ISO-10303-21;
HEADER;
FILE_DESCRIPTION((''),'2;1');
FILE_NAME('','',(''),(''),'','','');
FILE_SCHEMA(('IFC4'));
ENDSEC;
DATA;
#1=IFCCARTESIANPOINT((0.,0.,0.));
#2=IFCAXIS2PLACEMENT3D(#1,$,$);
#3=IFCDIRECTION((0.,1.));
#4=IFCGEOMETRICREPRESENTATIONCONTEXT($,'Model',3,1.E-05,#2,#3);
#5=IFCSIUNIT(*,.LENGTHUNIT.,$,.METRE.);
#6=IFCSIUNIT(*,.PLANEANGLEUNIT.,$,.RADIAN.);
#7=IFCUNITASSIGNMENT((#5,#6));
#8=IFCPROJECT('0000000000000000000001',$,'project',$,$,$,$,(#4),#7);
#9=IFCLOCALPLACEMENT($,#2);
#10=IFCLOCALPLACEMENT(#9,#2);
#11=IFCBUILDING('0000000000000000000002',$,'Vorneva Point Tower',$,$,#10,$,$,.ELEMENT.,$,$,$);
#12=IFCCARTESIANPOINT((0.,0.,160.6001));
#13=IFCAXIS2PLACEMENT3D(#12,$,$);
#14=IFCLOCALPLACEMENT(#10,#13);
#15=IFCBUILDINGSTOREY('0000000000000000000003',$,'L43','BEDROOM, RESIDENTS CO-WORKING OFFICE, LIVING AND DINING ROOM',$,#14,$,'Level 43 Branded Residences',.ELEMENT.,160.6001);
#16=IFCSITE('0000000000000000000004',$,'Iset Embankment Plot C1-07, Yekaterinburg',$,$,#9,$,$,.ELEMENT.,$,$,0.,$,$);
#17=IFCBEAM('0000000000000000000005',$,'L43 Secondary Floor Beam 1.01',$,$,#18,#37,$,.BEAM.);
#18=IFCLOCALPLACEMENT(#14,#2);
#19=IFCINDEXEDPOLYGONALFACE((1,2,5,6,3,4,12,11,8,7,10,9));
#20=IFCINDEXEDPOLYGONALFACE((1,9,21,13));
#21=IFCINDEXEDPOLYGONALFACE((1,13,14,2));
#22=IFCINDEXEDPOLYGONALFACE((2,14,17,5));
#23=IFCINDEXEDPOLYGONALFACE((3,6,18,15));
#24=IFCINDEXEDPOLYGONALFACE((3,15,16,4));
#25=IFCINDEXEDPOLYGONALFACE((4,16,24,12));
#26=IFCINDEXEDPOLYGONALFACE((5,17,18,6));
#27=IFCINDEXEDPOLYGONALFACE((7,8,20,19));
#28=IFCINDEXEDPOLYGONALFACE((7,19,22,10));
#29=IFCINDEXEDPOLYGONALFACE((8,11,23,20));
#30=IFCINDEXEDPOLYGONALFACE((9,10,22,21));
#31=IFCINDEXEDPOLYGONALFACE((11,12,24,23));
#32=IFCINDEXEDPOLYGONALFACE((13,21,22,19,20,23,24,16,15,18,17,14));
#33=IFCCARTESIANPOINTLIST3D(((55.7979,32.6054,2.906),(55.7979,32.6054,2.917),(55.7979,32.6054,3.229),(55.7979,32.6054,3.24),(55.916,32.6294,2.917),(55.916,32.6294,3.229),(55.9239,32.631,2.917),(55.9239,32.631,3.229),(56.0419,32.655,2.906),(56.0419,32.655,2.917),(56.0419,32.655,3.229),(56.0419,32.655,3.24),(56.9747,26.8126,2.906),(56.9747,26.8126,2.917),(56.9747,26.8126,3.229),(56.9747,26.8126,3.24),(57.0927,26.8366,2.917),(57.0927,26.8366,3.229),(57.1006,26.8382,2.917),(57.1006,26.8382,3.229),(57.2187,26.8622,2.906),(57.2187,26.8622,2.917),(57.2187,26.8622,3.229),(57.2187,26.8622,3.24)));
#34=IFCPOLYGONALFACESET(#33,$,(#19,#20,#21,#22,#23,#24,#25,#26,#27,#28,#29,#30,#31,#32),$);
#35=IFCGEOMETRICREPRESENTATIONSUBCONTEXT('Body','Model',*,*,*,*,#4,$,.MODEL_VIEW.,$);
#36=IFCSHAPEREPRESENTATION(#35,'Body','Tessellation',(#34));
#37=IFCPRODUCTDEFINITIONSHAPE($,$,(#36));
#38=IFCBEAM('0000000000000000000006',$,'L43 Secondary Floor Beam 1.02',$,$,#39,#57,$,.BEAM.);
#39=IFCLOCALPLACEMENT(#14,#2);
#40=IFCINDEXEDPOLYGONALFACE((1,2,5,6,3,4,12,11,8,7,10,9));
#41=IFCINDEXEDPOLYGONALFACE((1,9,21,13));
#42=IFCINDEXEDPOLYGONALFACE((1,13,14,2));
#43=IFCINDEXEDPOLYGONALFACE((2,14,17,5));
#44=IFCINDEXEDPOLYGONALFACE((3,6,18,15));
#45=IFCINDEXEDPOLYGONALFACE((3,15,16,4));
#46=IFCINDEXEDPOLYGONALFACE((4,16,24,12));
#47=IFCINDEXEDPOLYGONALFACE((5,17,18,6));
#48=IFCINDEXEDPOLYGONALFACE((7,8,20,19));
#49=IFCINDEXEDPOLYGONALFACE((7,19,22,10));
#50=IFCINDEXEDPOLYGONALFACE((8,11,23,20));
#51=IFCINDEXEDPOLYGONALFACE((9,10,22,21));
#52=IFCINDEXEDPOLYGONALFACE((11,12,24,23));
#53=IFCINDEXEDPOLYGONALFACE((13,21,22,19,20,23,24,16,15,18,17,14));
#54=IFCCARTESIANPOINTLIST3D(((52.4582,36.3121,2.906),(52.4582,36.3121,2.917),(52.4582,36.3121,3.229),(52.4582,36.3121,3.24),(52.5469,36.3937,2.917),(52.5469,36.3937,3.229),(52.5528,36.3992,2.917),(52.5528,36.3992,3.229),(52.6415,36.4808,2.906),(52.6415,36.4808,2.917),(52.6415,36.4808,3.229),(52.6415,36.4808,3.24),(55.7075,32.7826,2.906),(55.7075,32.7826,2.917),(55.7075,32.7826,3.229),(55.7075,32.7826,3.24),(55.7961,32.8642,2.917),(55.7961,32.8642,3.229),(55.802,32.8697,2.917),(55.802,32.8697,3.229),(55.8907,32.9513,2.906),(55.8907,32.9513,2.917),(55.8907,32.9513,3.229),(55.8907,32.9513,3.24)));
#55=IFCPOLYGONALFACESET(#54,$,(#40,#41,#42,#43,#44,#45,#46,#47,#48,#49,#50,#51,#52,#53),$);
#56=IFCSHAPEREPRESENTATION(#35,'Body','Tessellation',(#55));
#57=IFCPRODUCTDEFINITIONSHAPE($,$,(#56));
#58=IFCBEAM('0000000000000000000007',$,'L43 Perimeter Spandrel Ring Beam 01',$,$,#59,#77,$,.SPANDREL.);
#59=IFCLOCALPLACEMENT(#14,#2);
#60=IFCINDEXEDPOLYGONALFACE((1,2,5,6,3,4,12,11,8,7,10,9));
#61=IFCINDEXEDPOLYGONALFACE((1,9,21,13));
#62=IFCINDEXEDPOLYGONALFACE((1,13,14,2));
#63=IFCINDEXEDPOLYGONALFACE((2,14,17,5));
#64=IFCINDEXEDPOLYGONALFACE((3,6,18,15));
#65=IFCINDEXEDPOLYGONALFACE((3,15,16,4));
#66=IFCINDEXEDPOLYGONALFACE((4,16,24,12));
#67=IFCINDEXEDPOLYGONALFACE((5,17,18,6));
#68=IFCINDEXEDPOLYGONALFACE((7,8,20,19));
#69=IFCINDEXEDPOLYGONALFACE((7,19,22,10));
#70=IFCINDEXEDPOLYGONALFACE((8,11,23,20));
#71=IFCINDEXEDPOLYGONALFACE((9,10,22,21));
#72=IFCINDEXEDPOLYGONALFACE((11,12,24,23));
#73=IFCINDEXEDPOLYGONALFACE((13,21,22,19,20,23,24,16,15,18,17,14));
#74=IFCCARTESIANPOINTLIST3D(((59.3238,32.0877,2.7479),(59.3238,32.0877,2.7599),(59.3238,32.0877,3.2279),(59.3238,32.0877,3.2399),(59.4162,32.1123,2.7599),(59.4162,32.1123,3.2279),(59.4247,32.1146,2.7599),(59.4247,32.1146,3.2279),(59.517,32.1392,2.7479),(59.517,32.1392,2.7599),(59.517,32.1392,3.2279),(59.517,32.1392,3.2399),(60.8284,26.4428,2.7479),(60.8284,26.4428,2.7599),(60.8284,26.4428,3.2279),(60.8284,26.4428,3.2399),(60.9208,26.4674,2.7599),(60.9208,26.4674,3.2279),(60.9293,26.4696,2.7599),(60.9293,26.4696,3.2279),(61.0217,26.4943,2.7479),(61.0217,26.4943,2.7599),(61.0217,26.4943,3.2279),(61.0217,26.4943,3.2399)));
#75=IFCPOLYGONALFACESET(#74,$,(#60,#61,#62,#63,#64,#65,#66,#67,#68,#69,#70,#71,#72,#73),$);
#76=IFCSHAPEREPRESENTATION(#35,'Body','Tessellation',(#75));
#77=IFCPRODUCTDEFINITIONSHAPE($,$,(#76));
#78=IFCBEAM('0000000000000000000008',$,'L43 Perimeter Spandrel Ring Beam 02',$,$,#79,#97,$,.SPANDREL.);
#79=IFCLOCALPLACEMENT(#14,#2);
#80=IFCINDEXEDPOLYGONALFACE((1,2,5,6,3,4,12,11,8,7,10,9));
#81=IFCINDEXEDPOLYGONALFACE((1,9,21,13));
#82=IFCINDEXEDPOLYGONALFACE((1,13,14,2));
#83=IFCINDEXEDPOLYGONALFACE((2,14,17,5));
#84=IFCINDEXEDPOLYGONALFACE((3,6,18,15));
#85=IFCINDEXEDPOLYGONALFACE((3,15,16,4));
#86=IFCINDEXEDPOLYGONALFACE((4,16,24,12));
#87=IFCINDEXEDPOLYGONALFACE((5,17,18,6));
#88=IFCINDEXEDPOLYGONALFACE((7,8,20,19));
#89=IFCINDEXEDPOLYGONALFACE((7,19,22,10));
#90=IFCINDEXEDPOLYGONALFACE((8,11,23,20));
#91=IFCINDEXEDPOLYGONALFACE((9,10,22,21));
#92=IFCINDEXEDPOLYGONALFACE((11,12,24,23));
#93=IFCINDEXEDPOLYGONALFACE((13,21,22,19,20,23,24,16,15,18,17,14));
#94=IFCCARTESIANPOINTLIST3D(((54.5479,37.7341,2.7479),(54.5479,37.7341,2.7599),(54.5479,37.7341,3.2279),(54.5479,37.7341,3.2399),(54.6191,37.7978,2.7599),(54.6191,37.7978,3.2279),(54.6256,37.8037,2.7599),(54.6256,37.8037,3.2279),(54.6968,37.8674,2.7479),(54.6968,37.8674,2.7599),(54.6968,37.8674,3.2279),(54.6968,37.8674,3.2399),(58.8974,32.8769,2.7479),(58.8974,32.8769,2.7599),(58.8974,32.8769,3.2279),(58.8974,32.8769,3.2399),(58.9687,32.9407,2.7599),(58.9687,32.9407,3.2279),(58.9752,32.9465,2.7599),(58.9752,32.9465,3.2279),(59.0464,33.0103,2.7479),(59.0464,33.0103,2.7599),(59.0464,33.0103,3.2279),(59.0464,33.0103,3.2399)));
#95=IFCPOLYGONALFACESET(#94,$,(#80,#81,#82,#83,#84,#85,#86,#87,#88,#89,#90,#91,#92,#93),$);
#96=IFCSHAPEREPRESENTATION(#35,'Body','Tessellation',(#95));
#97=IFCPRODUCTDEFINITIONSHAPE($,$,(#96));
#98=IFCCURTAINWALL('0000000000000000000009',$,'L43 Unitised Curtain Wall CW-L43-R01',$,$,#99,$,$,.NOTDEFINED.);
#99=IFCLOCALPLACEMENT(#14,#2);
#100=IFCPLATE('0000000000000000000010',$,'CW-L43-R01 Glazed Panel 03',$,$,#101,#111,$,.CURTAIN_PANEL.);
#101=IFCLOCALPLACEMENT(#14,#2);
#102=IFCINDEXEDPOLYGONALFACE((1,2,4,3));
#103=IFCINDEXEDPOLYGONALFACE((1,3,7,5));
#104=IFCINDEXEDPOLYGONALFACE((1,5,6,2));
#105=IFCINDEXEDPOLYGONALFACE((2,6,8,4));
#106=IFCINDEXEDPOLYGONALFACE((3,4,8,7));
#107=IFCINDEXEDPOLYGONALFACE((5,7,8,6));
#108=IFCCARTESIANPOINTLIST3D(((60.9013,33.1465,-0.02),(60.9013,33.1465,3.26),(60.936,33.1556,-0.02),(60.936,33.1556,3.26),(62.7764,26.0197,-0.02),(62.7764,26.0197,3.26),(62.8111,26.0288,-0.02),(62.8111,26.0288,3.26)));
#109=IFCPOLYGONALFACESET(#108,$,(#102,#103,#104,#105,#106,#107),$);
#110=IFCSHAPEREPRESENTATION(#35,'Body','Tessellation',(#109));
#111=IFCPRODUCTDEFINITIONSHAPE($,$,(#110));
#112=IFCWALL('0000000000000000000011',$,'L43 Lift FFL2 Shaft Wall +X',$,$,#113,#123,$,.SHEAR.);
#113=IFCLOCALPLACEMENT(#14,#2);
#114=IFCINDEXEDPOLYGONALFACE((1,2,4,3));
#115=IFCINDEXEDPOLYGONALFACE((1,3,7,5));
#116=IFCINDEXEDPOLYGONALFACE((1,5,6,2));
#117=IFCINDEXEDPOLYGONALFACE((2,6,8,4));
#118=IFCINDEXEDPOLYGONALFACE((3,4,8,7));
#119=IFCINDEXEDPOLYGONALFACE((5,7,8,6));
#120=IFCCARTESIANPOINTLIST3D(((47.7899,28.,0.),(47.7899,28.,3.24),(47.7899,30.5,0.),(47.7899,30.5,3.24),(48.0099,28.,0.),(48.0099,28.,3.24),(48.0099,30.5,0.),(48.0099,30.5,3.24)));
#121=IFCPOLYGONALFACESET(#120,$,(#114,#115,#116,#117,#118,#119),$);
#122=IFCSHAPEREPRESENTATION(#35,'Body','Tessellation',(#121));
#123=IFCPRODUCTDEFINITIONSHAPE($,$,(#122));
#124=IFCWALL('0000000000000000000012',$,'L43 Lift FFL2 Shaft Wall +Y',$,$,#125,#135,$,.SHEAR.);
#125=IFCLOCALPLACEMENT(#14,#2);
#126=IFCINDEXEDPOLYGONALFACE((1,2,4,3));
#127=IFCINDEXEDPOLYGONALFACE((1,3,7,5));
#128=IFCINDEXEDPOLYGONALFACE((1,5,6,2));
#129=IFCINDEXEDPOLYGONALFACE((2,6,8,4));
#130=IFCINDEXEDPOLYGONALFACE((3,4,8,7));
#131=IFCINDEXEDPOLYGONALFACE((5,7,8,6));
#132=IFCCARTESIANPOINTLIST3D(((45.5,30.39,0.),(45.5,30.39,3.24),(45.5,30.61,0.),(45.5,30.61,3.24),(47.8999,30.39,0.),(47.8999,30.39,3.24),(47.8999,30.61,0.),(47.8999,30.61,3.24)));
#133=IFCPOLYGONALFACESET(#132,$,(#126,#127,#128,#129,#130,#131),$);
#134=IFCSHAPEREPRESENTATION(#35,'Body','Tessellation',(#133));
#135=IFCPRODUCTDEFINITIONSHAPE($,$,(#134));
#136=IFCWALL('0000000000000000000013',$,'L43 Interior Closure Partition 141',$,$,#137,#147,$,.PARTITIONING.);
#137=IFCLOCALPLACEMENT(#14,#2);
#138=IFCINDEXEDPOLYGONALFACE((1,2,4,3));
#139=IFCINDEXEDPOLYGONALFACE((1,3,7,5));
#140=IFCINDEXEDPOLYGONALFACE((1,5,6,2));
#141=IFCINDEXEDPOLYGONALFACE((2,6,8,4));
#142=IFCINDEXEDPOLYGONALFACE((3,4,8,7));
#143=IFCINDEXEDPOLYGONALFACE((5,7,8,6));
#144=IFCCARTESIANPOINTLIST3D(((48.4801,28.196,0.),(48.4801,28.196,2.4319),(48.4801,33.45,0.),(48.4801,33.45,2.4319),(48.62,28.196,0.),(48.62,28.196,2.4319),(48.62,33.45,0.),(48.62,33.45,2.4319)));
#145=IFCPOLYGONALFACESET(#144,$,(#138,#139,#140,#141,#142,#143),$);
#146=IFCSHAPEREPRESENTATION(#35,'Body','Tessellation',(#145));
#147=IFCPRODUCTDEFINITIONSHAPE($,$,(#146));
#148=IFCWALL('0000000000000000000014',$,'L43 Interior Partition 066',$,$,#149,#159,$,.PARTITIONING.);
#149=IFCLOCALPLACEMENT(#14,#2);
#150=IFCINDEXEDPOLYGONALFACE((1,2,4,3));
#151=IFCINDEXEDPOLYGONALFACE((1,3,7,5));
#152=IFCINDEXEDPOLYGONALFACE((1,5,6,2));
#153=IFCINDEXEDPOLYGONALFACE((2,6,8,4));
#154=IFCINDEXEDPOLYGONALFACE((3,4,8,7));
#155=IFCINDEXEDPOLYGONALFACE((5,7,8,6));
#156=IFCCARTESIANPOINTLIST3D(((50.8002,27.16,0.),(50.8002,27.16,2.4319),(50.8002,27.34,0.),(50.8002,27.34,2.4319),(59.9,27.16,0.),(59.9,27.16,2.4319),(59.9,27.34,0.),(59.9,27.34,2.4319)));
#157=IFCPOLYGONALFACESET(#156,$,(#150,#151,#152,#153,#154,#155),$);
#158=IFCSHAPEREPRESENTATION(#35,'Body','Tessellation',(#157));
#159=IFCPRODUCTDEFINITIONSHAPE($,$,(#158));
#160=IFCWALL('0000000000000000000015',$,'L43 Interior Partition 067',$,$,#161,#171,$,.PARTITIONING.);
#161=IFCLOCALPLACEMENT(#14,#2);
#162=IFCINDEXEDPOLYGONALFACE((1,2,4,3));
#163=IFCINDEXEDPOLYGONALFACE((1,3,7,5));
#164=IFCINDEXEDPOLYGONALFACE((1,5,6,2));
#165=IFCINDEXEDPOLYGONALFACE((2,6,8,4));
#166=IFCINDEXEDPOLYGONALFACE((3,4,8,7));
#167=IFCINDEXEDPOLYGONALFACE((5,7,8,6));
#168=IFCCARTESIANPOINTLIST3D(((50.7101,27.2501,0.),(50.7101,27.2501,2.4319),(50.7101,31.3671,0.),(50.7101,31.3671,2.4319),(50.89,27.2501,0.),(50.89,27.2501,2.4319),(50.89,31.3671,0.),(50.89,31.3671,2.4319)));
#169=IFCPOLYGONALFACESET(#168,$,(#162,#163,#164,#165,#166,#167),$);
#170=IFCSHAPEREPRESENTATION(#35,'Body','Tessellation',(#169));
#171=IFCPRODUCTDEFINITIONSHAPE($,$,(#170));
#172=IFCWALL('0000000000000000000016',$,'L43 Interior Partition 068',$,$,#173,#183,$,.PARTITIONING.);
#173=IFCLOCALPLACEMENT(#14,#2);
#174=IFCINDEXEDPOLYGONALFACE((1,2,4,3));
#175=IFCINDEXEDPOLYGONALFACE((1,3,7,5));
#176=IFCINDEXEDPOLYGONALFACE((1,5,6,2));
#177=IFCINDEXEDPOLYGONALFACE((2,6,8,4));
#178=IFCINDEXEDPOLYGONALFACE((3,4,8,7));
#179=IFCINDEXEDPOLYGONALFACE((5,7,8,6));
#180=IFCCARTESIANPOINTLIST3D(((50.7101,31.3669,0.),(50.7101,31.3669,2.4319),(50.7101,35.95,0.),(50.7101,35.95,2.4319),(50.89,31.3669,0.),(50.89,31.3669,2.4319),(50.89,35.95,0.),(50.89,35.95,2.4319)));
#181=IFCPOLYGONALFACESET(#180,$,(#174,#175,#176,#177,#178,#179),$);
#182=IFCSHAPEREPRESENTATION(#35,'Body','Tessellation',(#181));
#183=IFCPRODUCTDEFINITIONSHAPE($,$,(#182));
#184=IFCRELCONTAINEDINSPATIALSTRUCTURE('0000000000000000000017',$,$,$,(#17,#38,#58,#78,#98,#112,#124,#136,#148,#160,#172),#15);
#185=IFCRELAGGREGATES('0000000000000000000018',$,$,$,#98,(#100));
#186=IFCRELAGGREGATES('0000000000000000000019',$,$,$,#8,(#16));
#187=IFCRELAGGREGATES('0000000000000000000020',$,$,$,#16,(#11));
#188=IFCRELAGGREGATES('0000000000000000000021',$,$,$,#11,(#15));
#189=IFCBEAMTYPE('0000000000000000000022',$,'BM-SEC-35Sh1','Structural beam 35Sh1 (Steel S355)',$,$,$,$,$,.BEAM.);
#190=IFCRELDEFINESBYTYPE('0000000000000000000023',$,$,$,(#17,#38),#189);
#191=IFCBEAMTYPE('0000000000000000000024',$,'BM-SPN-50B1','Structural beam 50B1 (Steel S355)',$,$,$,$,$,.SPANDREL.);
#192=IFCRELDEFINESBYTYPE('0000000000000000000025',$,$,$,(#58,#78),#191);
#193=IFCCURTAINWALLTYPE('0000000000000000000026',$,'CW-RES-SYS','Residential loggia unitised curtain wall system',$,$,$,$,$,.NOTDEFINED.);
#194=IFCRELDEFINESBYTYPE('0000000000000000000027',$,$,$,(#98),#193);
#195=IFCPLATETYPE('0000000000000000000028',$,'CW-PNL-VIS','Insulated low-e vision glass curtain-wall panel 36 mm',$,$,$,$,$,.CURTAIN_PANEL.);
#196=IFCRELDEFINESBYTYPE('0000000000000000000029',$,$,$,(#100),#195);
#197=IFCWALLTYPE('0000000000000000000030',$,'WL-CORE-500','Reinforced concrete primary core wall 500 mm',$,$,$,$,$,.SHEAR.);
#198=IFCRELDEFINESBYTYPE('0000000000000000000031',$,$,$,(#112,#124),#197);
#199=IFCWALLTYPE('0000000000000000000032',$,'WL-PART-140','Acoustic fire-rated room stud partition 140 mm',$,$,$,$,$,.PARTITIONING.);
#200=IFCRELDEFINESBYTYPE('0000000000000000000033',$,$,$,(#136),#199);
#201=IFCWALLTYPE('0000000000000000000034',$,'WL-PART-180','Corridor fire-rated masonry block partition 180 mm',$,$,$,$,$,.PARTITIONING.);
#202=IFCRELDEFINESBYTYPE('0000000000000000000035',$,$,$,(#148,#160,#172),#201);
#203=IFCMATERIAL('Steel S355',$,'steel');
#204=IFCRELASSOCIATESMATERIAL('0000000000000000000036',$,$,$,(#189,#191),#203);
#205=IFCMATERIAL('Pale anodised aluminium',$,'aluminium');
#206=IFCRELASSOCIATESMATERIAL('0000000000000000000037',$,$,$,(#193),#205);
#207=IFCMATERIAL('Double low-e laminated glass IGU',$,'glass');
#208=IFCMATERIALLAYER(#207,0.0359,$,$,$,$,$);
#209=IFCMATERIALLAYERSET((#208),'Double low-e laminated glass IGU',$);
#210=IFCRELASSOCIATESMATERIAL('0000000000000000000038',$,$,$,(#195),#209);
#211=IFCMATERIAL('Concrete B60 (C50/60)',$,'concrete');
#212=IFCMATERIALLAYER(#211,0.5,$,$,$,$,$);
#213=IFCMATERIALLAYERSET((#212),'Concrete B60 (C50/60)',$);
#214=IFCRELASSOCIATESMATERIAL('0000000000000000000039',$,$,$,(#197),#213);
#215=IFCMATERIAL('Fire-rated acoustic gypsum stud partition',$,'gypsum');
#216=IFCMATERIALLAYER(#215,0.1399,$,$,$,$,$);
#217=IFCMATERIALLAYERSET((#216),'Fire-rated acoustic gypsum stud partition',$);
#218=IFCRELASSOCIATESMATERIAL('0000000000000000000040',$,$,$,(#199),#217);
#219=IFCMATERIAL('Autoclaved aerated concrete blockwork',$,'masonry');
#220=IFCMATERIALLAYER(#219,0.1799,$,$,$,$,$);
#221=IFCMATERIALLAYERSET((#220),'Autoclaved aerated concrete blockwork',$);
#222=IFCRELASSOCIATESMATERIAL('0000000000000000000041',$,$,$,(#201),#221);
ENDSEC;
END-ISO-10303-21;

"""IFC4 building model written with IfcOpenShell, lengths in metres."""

from ifc_helpers import new_model, si_unit, direction, frame, frame_2d, origin, origin_2d, place, context, subcontext, project, spatial, rectangle, i_section, extrude, material, layer, layer_set, material_profile, profile_set, type_object, element, aggregate, save


model = new_model("IFC4")

# Units and contexts
model_context = context("Model", 3, precision=1e-05, world=origin(), true_north=direction((0.0, 1.0)))
body_context = subcontext(model_context, "Body", "Model", "MODEL_VIEW")
ifc_project = project(units=[si_unit("LENGTHUNIT", "METRE"), si_unit("PLANEANGLEUNIT", "RADIAN")], contexts=[model_context])

# Site, building, storey
site_placement = place(None, origin())
site = spatial("IfcSite", under=ifc_project, at=site_placement, Name="Iset Embankment Plot C1-07, Yekaterinburg", CompositionType="ELEMENT", RefElevation=0.0)
building_placement = place(site_placement, origin())
building = spatial("IfcBuilding", under=site, at=building_placement, Name="Vorneva Point Tower", CompositionType="ELEMENT")
storey_placement = place(building_placement, frame((0.0, 0.0, 160.6001)))
storey = spatial("IfcBuildingStorey", under=building, at=storey_placement, Name="L43", Description="BEDROOM, RESIDENTS CO-WORKING OFFICE, LIVING AND DINING ROOM", LongName="Level 43 Branded Residences", CompositionType="ELEMENT", Elevation=160.6001)

# Shared definitions
ifc_material_1 = material(Name="Concrete B60 (C50/60)", Category="concrete")

# Beams
ifc_material_2 = material(Name="Steel S355", Category="steel")
ifc_material_profile_1 = material_profile(ifc_material_2, i_section(OverallWidth=0.249, OverallDepth=0.334, WebThickness=0.0081, FlangeThickness=0.011, at=origin_2d()), Name="35Sh1")
ifc_profile_set_1 = profile_set([ifc_material_profile_1], Name="Steel S355")
beam_type_1 = type_object("IfcBeamType", Name="BM-SEC-35Sh1", Description="Structural beam 35Sh1 (Steel S355)", PredefinedType="BEAM", material=ifc_profile_set_1)
beam_1_placement = place(storey_placement, frame((57.0967, 26.8374, 3.073), z_axis=(-0.199078, 0.979984, 0.0), x_axis=(-0.979984, -0.199078, 0.0)))
element("IfcBeam", 1, at=beam_1_placement, inside=storey, type_object=beam_type_1, Name="L43 Secondary Floor Beam 1.01", PredefinedType="BEAM", context=body_context, shape_type="SweptSolid", body=[
    extrude(i_section(OverallWidth=0.249, OverallDepth=0.334, WebThickness=0.0081, FlangeThickness=0.011, at=origin_2d()), origin(), (0.0, 0.0, 1.0), 5.9111),
])
beam_2_placement = place(storey_placement, frame((55.7991, 32.8669, 3.073), z_axis=(-0.677292, 0.735714, 0.0), x_axis=(-0.735714, -0.677292, 0.0)))
element("IfcBeam", 2, at=beam_2_placement, inside=storey, type_object=beam_type_1, Name="L43 Secondary Floor Beam 1.02", PredefinedType="BEAM", context=body_context, shape_type="SweptSolid", body=[
    extrude(i_section(OverallWidth=0.249, OverallDepth=0.334, WebThickness=0.0081, FlangeThickness=0.011, at=origin_2d()), origin(), (0.0, 0.0, 1.0), 4.7974),
])
ifc_material_profile_2 = material_profile(ifc_material_2, i_section(OverallWidth=0.2, OverallDepth=0.4919, WebThickness=0.0088, FlangeThickness=0.012, at=origin_2d()), Name="50B1")
ifc_profile_set_2 = profile_set([ifc_material_profile_2], Name="Steel S355")
beam_type_2 = type_object("IfcBeamType", Name="BM-SPN-50B1", Description="Structural beam 50B1 (Steel S355)", PredefinedType="SPANDREL", material=ifc_profile_set_2)
beam_3_placement = place(storey_placement, frame((60.925, 26.4685, 2.9939), z_axis=(-0.257551, 0.966265, 0.0), x_axis=(-0.966265, -0.257551, 0.0)))
element("IfcBeam", 3, at=beam_3_placement, inside=storey, type_object=beam_type_2, Name="L43 Perimeter Spandrel Ring Beam 01", PredefinedType="SPANDREL", context=body_context, shape_type="SweptSolid", body=[
    extrude(i_section(OverallWidth=0.2, OverallDepth=0.4919, WebThickness=0.0088, FlangeThickness=0.012, at=origin_2d()), origin(), (0.0, 0.0, 1.0), 5.842),
])
beam_4_placement = place(storey_placement, frame((58.9719, 32.9436, 2.9939), z_axis=(-0.667111, 0.744958, 0.0), x_axis=(-0.744958, -0.667111, 0.0)))
element("IfcBeam", 4, at=beam_4_placement, inside=storey, type_object=beam_type_2, Name="L43 Perimeter Spandrel Ring Beam 02", PredefinedType="SPANDREL", context=body_context, shape_type="SweptSolid", body=[
    extrude(i_section(OverallWidth=0.2, OverallDepth=0.4919, WebThickness=0.0088, FlangeThickness=0.012, at=origin_2d()), origin(), (0.0, 0.0, 1.0), 6.52),
])

# Curtain wall, plate
ifc_material_3 = material(Name="Pale anodised aluminium", Category="aluminium")
curtain_wall_type = type_object("IfcCurtainWallType", Name="CW-RES-SYS", Description="Residential loggia unitised curtain wall system", PredefinedType="NOTDEFINED", material=ifc_material_3)
curtain_wall_placement = place(storey_placement, origin())
curtain_wall = element("IfcCurtainWall", 5, at=curtain_wall_placement, inside=storey, type_object=curtain_wall_type, Name="L43 Unitised Curtain Wall CW-L43-R01", PredefinedType="NOTDEFINED")
ifc_material_4 = material(Name="Double low-e laminated glass IGU", Category="glass")
ifc_layer_1 = layer(ifc_material_4, 0.0359)
ifc_layer_set_1 = layer_set([ifc_layer_1], Name="Double low-e laminated glass IGU")
plate_type = type_object("IfcPlateType", Name="CW-PNL-VIS", Description="Insulated low-e vision glass curtain-wall panel 36 mm", PredefinedType="CURTAIN_PANEL", material=ifc_layer_set_1)
plate_placement = place(storey_placement, frame((61.8562, 29.5876, -0.02), z_axis=(0.0, 0.0, 1.0), x_axis=(-0.254433, 0.96709, 0.0)))
plate = element("IfcPlate", 6, at=plate_placement, type_object=plate_type, Name="CW-L43-R01 Glazed Panel 03", PredefinedType="CURTAIN_PANEL", context=body_context, shape_type="SweptSolid", body=[
    extrude(rectangle(XDim=7.3694, YDim=0.0359, at=origin_2d()), origin(), (0.0, 0.0, 1.0), 3.28),
])
aggregate(curtain_wall, [plate])

# Walls
ifc_layer_2 = layer(ifc_material_1, 0.5)
ifc_layer_set_2 = layer_set([ifc_layer_2], Name="Concrete B60 (C50/60)")
wall_type_1 = type_object("IfcWallType", Name="WL-CORE-500", Description="Reinforced concrete primary core wall 500 mm", PredefinedType="SHEAR", material=ifc_layer_set_2)
wall_1_placement = place(storey_placement, frame((47.8999, 28.0, 0.0), z_axis=(0.0, 0.0, 1.0), x_axis=(0.0, 1.0, 0.0)))
element("IfcWall", 7, at=wall_1_placement, inside=storey, type_object=wall_type_1, Name="L43 Lift FFL2 Shaft Wall +X", PredefinedType="SHEAR", context=body_context, shape_type="SweptSolid", body=[
    extrude(rectangle(XDim=2.5, YDim=0.22, at=frame_2d((1.25, 0.0))), origin(), (0.0, 0.0, 1.0), 3.24),
])
wall_2_placement = place(storey_placement, frame((47.8999, 30.5, 0.0), z_axis=(0.0, 0.0, 1.0), x_axis=(-1.0, 0.0, 0.0)))
element("IfcWall", 8, at=wall_2_placement, inside=storey, type_object=wall_type_1, Name="L43 Lift FFL2 Shaft Wall +Y", PredefinedType="SHEAR", context=body_context, shape_type="SweptSolid", body=[
    extrude(rectangle(XDim=2.3999, YDim=0.22, at=frame_2d((1.2, 0.0))), origin(), (0.0, 0.0, 1.0), 3.24),
])
ifc_material_5 = material(Name="Fire-rated acoustic gypsum stud partition", Category="gypsum")
ifc_layer_3 = layer(ifc_material_5, 0.1399)
ifc_layer_set_3 = layer_set([ifc_layer_3], Name="Fire-rated acoustic gypsum stud partition")
wall_type_2 = type_object("IfcWallType", Name="WL-PART-140", Description="Acoustic fire-rated room stud partition 140 mm", PredefinedType="PARTITIONING", material=ifc_layer_set_3)
wall_3_placement = place(storey_placement, frame((48.55, 28.196, 0.0), z_axis=(0.0, 0.0, 1.0), x_axis=(0.0, 1.0, 0.0)))
element("IfcWall", 9, at=wall_3_placement, inside=storey, type_object=wall_type_2, Name="L43 Interior Closure Partition 141", PredefinedType="PARTITIONING", context=body_context, shape_type="SweptSolid", body=[
    extrude(rectangle(XDim=5.2539, YDim=0.1399, at=frame_2d((2.627, 0.0))), origin(), (0.0, 0.0, 1.0), 2.4319),
])
ifc_material_6 = material(Name="Autoclaved aerated concrete blockwork", Category="masonry")
ifc_layer_4 = layer(ifc_material_6, 0.1799)
ifc_layer_set_4 = layer_set([ifc_layer_4], Name="Autoclaved aerated concrete blockwork")
wall_type_3 = type_object("IfcWallType", Name="WL-PART-180", Description="Corridor fire-rated masonry block partition 180 mm", PredefinedType="PARTITIONING", material=ifc_layer_set_4)
wall_4_placement = place(storey_placement, frame((59.8999, 27.25, 0.0), z_axis=(0.0, 0.0, 1.0), x_axis=(-1.0, 0.0, 0.0)))
element("IfcWall", 10, at=wall_4_placement, inside=storey, type_object=wall_type_3, Name="L43 Interior Partition 066", PredefinedType="PARTITIONING", context=body_context, shape_type="SweptSolid", body=[
    extrude(rectangle(XDim=9.0999, YDim=0.1799, at=frame_2d((4.5498, 0.0))), origin(), (0.0, 0.0, 1.0), 2.4319),
])
wall_5_placement = place(storey_placement, frame((50.8, 27.25, 0.0), z_axis=(0.0, 0.0, 1.0), x_axis=(0.0, 1.0, 0.0)))
element("IfcWall", 11, at=wall_5_placement, inside=storey, type_object=wall_type_3, Name="L43 Interior Partition 067", PredefinedType="PARTITIONING", context=body_context, shape_type="SweptSolid", body=[
    extrude(rectangle(XDim=4.1169, YDim=0.1799, at=frame_2d((2.0586, 0.0))), origin(), (0.0, 0.0, 1.0), 2.4319),
])
wall_6_placement = place(storey_placement, frame((50.8, 31.3669, 0.0), z_axis=(0.0, 0.0, 1.0), x_axis=(0.0, 1.0, 0.0)))
element("IfcWall", 12, at=wall_6_placement, inside=storey, type_object=wall_type_3, Name="L43 Interior Partition 068", PredefinedType="PARTITIONING", context=body_context, shape_type="SweptSolid", body=[
    extrude(rectangle(XDim=4.583, YDim=0.1799, at=frame_2d((2.2915, 0.0))), origin(), (0.0, 0.0, 1.0), 2.4319),
])

save(model, "model.ifc")
